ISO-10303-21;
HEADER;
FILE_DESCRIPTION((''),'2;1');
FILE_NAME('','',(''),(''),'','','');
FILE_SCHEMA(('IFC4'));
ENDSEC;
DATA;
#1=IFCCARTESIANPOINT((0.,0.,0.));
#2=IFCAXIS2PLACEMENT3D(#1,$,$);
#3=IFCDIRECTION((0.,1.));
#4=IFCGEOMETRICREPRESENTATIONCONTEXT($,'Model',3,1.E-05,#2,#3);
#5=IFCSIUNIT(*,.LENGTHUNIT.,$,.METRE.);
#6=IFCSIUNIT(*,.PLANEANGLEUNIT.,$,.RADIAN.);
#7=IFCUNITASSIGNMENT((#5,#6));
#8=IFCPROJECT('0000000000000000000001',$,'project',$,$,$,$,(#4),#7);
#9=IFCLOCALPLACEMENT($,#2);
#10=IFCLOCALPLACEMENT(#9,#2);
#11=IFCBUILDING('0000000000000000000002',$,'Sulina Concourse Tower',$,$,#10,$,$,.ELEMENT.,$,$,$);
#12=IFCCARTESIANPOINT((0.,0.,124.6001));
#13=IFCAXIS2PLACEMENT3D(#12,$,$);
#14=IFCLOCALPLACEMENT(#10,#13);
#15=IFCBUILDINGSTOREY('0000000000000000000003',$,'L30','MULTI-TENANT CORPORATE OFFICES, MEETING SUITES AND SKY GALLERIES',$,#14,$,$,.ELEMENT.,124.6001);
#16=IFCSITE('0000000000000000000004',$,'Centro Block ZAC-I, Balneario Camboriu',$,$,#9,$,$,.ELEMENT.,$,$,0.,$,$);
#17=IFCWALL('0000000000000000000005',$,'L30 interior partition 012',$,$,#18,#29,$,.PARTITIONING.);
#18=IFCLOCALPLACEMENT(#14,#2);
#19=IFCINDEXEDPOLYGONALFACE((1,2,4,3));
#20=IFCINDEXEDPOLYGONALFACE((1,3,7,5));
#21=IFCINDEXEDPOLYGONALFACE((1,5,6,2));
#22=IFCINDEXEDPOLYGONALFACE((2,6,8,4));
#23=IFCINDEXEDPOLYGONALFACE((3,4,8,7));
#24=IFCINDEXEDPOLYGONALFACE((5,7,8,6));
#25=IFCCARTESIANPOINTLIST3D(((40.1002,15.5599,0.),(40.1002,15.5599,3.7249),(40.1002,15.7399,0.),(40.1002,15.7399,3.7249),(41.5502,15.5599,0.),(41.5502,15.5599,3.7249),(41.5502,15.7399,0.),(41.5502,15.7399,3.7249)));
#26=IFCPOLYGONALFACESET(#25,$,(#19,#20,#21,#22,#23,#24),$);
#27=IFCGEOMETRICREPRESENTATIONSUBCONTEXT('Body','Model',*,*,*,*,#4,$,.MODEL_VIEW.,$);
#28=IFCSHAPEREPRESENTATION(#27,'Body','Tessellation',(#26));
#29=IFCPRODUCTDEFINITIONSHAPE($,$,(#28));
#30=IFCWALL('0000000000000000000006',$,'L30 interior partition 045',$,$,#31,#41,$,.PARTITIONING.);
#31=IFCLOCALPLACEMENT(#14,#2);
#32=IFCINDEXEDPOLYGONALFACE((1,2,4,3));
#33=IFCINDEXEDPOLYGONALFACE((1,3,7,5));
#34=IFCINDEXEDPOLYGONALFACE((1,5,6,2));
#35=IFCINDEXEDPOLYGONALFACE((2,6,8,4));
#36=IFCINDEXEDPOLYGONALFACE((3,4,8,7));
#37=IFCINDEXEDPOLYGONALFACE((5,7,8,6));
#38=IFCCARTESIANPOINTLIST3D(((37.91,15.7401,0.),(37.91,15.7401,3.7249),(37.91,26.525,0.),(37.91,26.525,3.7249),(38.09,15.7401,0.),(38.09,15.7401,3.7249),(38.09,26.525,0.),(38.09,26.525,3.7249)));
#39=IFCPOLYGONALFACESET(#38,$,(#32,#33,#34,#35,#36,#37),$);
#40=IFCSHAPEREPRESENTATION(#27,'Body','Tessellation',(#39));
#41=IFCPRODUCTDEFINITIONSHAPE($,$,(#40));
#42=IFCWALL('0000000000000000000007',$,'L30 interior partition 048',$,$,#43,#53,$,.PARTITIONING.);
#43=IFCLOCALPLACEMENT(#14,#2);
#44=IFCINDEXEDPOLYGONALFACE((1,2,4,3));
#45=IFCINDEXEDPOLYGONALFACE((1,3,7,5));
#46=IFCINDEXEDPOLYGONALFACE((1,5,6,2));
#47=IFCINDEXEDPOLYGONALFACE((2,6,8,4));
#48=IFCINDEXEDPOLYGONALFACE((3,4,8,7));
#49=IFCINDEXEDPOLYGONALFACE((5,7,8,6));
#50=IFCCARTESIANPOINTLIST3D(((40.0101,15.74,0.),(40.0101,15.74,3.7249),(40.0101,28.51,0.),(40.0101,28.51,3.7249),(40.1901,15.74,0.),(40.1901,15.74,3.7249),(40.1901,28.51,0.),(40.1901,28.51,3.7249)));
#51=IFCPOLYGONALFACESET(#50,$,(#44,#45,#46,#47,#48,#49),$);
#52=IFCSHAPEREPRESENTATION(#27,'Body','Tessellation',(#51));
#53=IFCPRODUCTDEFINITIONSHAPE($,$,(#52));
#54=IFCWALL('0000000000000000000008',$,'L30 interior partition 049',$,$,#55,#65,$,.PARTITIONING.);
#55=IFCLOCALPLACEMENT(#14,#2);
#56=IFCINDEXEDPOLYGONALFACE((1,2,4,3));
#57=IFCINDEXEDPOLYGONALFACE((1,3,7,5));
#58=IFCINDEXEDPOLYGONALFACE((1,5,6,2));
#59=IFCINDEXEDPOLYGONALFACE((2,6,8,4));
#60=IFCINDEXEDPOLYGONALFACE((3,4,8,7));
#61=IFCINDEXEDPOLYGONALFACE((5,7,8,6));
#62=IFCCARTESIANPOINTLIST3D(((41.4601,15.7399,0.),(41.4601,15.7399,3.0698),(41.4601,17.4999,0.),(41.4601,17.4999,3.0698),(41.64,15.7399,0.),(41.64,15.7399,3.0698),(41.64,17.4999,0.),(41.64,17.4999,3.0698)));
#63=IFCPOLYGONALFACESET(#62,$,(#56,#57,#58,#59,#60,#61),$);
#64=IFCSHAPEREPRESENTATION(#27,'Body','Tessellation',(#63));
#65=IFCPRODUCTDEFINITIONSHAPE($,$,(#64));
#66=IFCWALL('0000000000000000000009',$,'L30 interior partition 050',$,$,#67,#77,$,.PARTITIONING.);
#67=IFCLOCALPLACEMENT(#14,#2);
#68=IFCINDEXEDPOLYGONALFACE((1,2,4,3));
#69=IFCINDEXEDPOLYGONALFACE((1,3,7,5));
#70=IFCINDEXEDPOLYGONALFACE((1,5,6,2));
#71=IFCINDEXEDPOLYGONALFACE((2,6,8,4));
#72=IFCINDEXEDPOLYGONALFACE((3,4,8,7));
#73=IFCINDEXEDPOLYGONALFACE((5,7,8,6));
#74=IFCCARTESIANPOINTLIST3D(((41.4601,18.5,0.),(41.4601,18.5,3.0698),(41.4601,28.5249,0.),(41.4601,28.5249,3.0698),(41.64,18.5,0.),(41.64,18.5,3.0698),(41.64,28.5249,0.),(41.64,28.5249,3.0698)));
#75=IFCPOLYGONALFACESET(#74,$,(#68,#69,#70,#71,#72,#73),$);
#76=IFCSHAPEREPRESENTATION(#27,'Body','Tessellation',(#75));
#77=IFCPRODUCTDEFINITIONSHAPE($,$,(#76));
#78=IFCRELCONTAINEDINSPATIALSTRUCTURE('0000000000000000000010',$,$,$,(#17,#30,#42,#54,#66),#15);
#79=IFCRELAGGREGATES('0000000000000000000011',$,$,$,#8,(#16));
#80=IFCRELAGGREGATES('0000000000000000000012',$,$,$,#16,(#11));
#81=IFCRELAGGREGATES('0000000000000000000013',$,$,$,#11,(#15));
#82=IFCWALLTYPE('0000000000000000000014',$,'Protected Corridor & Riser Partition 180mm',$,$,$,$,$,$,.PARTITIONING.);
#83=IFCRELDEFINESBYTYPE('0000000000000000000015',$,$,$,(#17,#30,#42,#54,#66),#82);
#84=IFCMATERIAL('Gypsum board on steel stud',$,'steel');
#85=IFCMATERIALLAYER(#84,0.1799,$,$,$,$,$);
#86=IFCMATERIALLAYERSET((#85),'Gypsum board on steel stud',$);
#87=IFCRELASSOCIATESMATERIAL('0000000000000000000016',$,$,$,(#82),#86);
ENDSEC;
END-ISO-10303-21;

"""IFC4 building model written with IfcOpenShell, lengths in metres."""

from ifc_helpers import new_model, si_unit, direction, frame, frame_2d, origin, place, context, subcontext, project, spatial, rectangle, extrude, material, layer, layer_set, type_object, element, save


model = new_model("IFC4")

# Units and contexts
model_context = context("Model", 3, precision=1e-05, world=origin(), true_north=direction((0.0, 1.0)))
body_context = subcontext(model_context, "Body", "Model", "MODEL_VIEW")
ifc_project = project(units=[si_unit("LENGTHUNIT", "METRE"), si_unit("PLANEANGLEUNIT", "RADIAN")], contexts=[model_context])

# Site, building, storey
site_placement = place(None, origin())
site = spatial("IfcSite", under=ifc_project, at=site_placement, Name="Centro Block ZAC-I, Balneario Camboriu", CompositionType="ELEMENT", RefElevation=0.0)
building_placement = place(site_placement, origin())
building = spatial("IfcBuilding", under=site, at=building_placement, Name="Sulina Concourse Tower", CompositionType="ELEMENT")
storey_placement = place(building_placement, frame((0.0, 0.0, 124.6001)))
storey = spatial("IfcBuildingStorey", under=building, at=storey_placement, Name="L30", Description="MULTI-TENANT CORPORATE OFFICES, MEETING SUITES AND SKY GALLERIES", CompositionType="ELEMENT", Elevation=124.6001)

# Shared definitions
ifc_material_1 = material(Name="Gypsum board on steel stud", Category="steel")
ifc_layer_1 = layer(ifc_material_1, 0.1799)
ifc_layer_set_1 = layer_set([ifc_layer_1], Name="Gypsum board on steel stud")
wall_type = type_object("IfcWallType", Name="Protected Corridor & Riser Partition 180mm", PredefinedType="PARTITIONING", material=ifc_layer_set_1)

# Walls
wall_1_placement = place(storey_placement, frame((40.1001, 15.6499, 0.0), z_axis=(0.0, 0.0, 1.0), x_axis=(1.0, 0.0, 0.0)))
element("IfcWall", 1, at=wall_1_placement, inside=storey, type_object=wall_type, Name="L30 interior partition 012", PredefinedType="PARTITIONING", context=body_context, shape_type="SweptSolid", body=[
    extrude(rectangle(XDim=1.45, YDim=0.1799, at=frame_2d((0.7251, 0.0))), origin(), (0.0, 0.0, 1.0), 3.7249),
])
wall_2_placement = place(storey_placement, frame((38.0, 15.74, 0.0), z_axis=(0.0, 0.0, 1.0), x_axis=(0.0, 1.0, 0.0)))
element("IfcWall", 2, at=wall_2_placement, inside=storey, type_object=wall_type, Name="L30 interior partition 045", PredefinedType="PARTITIONING", context=body_context, shape_type="SweptSolid", body=[
    extrude(rectangle(XDim=10.7849, YDim=0.1799, at=frame_2d((5.3926, 0.0))), origin(), (0.0, 0.0, 1.0), 3.7249),
])
wall_3_placement = place(storey_placement, frame((40.1001, 15.74, 0.0), z_axis=(0.0, 0.0, 1.0), x_axis=(0.0, 1.0, 0.0)))
element("IfcWall", 3, at=wall_3_placement, inside=storey, type_object=wall_type, Name="L30 interior partition 048", PredefinedType="PARTITIONING", context=body_context, shape_type="SweptSolid", body=[
    extrude(rectangle(XDim=12.77, YDim=0.1799, at=frame_2d((6.385, 0.0))), origin(), (0.0, 0.0, 1.0), 3.7249),
])
wall_4_placement = place(storey_placement, frame((41.55, 15.74, 0.0), z_axis=(0.0, 0.0, 1.0), x_axis=(0.0, 1.0, 0.0)))
element("IfcWall", 4, at=wall_4_placement, inside=storey, type_object=wall_type, Name="L30 interior partition 049", PredefinedType="PARTITIONING", context=body_context, shape_type="SweptSolid", body=[
    extrude(rectangle(XDim=1.76, YDim=0.1799, at=frame_2d((0.8799, 0.0))), origin(), (0.0, 0.0, 1.0), 3.0698),
])
wall_5_placement = place(storey_placement, frame((41.55, 18.5, 0.0), z_axis=(0.0, 0.0, 1.0), x_axis=(0.0, 1.0, 0.0)))
element("IfcWall", 5, at=wall_5_placement, inside=storey, type_object=wall_type, Name="L30 interior partition 050", PredefinedType="PARTITIONING", context=body_context, shape_type="SweptSolid", body=[
    extrude(rectangle(XDim=10.0249, YDim=0.1799, at=frame_2d((5.0125, 0.0))), origin(), (0.0, 0.0, 1.0), 3.0698),
])

save(model, "model.ifc")
